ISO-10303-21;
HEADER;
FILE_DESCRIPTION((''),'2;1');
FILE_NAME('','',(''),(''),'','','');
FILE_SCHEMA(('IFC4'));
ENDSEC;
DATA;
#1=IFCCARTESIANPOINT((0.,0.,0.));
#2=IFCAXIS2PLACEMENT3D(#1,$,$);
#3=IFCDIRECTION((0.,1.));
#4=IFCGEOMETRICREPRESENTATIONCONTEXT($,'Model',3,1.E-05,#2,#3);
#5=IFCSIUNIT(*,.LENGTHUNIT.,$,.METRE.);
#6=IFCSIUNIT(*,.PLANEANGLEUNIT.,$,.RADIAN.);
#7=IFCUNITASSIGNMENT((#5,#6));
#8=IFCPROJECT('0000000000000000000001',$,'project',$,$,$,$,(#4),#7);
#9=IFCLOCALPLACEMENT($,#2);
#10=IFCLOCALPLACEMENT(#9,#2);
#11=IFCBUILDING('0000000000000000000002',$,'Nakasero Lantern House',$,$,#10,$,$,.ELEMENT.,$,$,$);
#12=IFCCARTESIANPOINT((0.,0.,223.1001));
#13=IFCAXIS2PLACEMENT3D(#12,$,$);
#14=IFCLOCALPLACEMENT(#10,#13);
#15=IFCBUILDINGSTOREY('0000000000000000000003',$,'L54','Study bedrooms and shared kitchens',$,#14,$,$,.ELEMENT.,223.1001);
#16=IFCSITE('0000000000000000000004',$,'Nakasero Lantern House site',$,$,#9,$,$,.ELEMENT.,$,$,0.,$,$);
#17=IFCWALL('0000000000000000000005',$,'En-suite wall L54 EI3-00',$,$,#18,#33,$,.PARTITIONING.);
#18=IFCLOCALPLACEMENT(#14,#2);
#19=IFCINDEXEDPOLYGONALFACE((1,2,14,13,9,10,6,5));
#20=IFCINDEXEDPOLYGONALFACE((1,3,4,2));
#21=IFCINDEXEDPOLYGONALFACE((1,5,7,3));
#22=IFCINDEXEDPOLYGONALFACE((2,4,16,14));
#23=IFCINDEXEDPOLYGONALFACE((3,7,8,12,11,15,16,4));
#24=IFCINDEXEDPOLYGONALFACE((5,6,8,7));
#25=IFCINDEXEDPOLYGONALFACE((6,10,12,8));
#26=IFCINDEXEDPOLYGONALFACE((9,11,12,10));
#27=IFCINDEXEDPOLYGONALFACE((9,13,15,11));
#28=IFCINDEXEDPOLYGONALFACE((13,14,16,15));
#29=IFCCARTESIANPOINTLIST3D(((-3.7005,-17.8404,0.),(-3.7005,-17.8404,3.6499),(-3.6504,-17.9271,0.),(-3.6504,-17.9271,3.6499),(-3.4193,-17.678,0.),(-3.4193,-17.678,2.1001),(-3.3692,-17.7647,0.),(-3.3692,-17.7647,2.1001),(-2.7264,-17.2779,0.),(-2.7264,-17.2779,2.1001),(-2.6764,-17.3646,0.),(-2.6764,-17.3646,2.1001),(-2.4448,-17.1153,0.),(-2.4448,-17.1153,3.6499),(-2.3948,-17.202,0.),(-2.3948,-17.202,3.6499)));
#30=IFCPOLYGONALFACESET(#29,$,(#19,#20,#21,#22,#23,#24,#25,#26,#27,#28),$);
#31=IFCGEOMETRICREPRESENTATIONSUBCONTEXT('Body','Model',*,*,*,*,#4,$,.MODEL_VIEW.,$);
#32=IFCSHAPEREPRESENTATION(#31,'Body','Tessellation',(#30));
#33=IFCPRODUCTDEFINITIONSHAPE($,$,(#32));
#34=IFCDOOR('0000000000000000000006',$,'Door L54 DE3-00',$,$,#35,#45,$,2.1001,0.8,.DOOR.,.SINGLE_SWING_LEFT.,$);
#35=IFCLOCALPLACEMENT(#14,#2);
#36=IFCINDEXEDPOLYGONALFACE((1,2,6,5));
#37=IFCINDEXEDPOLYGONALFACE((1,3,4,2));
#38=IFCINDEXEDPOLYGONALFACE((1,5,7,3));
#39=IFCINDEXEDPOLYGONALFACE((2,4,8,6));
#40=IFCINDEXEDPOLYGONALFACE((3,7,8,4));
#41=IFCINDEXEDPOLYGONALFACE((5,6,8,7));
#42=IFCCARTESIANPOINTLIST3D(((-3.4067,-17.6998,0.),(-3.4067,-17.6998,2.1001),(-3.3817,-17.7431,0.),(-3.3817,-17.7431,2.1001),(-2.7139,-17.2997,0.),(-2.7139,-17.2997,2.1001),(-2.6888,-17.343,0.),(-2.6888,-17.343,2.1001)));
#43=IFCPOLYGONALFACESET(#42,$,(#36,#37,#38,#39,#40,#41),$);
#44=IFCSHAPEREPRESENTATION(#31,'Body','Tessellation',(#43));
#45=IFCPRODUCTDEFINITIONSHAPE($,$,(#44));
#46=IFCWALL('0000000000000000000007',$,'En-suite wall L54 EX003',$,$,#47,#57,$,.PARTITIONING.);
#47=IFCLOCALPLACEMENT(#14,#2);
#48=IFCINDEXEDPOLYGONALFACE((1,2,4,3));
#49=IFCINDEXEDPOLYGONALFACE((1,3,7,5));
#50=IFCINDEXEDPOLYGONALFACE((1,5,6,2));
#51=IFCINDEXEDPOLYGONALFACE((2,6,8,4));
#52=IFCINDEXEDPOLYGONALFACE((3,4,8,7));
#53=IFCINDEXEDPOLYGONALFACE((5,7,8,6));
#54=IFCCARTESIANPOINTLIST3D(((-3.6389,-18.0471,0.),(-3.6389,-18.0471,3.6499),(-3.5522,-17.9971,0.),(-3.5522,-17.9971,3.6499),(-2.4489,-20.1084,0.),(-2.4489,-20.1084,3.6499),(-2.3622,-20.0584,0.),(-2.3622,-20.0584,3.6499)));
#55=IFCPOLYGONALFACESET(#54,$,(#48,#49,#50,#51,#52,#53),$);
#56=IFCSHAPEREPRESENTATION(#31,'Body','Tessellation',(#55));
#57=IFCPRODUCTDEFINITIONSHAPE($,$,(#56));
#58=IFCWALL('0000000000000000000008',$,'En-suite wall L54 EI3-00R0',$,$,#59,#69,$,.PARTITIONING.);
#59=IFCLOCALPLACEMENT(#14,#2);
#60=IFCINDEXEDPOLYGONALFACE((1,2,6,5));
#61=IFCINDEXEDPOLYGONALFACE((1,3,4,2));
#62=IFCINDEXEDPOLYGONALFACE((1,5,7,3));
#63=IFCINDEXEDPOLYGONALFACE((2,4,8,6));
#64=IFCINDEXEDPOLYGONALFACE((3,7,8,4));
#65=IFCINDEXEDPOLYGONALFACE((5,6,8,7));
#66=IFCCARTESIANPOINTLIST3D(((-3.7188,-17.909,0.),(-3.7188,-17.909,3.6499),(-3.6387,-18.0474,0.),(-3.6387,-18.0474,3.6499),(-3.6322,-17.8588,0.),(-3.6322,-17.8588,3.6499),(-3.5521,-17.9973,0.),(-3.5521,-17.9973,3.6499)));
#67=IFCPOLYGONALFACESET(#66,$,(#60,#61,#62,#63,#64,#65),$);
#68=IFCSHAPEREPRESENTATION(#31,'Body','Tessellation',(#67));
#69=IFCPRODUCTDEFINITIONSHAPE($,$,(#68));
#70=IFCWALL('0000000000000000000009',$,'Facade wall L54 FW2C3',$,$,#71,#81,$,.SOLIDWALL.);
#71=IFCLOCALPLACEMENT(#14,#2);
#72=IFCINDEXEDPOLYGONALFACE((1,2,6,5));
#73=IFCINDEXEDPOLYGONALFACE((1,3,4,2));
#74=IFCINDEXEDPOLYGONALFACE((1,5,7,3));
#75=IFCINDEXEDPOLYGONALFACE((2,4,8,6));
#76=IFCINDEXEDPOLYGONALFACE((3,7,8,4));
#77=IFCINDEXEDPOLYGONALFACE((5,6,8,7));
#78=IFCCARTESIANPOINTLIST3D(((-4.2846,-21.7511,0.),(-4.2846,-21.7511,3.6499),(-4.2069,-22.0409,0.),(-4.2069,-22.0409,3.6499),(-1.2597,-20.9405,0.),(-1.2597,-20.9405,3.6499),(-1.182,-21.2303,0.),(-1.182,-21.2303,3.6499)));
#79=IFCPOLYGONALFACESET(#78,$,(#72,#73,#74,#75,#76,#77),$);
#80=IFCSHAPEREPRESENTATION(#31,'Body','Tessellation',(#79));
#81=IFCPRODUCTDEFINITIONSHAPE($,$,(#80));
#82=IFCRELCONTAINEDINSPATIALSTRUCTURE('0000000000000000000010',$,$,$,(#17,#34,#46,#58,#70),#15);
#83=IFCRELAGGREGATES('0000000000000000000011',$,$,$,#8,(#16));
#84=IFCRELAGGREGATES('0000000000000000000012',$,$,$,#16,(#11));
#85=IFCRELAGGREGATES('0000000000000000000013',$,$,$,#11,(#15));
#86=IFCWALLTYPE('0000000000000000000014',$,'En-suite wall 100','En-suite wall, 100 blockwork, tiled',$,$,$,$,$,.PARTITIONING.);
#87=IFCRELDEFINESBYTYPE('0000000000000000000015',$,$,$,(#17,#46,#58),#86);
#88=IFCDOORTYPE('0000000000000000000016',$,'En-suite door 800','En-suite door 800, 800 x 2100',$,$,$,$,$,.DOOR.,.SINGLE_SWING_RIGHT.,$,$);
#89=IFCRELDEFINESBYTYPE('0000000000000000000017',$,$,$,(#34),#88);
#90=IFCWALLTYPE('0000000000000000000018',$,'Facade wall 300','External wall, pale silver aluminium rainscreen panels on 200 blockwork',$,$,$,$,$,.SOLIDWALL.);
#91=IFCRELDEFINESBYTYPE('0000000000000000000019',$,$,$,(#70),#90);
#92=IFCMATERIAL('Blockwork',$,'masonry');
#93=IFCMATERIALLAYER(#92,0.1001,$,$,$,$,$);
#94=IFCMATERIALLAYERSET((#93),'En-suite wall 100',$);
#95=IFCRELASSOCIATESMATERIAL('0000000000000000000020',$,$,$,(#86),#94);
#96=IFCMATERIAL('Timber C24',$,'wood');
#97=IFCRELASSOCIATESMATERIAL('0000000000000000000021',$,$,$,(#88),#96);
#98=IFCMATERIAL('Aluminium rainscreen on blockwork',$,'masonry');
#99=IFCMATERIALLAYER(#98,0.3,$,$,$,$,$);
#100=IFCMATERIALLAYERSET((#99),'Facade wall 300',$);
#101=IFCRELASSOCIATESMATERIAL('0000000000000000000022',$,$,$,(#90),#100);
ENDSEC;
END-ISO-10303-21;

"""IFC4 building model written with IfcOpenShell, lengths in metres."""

from ifc_helpers import new_model, si_unit, direction, frame, frame_2d, origin, place, context, subcontext, project, spatial, rectangle, extrude, material, layer, layer_set, type_object, element, fill, save


model = new_model("IFC4")

# Units and contexts
model_context = context("Model", 3, precision=1e-05, world=origin(), true_north=direction((0.0, 1.0)))
body_context = subcontext(model_context, "Body", "Model", "MODEL_VIEW")
ifc_project = project(units=[si_unit("LENGTHUNIT", "METRE"), si_unit("PLANEANGLEUNIT", "RADIAN")], contexts=[model_context])

# Site, building, storey
site_placement = place(None, origin())
site = spatial("IfcSite", under=ifc_project, at=site_placement, Name="Nakasero Lantern House site", CompositionType="ELEMENT", RefElevation=0.0)
building_placement = place(site_placement, origin())
building = spatial("IfcBuilding", under=site, at=building_placement, Name="Nakasero Lantern House", CompositionType="ELEMENT")
storey_placement = place(building_placement, frame((0.0, 0.0, 223.1001)))
storey = spatial("IfcBuildingStorey", under=building, at=storey_placement, Name="L54", Description="Study bedrooms and shared kitchens", CompositionType="ELEMENT", Elevation=223.1001)

# Shared definitions
ifc_material_1 = material(Name="Blockwork", Category="masonry")
ifc_layer_1 = layer(ifc_material_1, 0.1001)
ifc_layer_set_1 = layer_set([ifc_layer_1], Name="En-suite wall 100")
wall_type_1 = type_object("IfcWallType", Name="En-suite wall 100", Description="En-suite wall, 100 blockwork, tiled", PredefinedType="PARTITIONING", material=ifc_layer_set_1)
ifc_material_2 = material(Name="Timber C24", Category="wood")
door_type_1 = type_object("IfcDoorType", Name="En-suite door 800", Description="En-suite door 800, 800 x 2100", OperationType="SINGLE_SWING_RIGHT", PredefinedType="DOOR", material=ifc_material_2)

# Wall, opening, door
wall_1_placement = place(storey_placement, frame((-3.6755, -17.8838, 0.0), z_axis=(0.0, 0.0, 1.0), x_axis=(0.865975, 0.500087, 0.0)))
wall_1 = element("IfcWall", 1, at=wall_1_placement, inside=storey, type_object=wall_type_1, Name="En-suite wall L54 EI3-00", PredefinedType="PARTITIONING", context=body_context, shape_type="SweptSolid", body=[
    extrude(rectangle(XDim=1.45, YDim=0.1001, at=frame_2d((0.7251, 0.0))), origin(), (0.0, 0.0, 1.0), 3.6499),
])
opening_1_placement = place(wall_1_placement, frame((0.325, 0.0, 0.0)))
opening_1 = element("IfcOpeningElement", 2, at=opening_1_placement, cuts=wall_1, PredefinedType="OPENING", context=body_context, shape_type="SweptSolid", body=[
    extrude(rectangle(XDim=0.8, YDim=2.1001, at=frame_2d((0.3999, 1.05))), frame((0.0, 0.0701, 0.0), z_axis=(0.0, -1.0, 0.0), x_axis=(1.0, 0.0, 0.0)), (0.0, 0.0, 1.0), 0.1401),
])
door_1_placement = place(opening_1_placement, origin())
door_1 = element("IfcDoor", 3, at=door_1_placement, inside=storey, type_object=door_type_1, Name="Door L54 DE3-00", OperationType="SINGLE_SWING_LEFT", OverallHeight=2.1001, OverallWidth=0.8, PredefinedType="DOOR", context=body_context, shape_type="SweptSolid", body=[
    extrude(rectangle(XDim=0.8, YDim=2.1001, at=frame_2d((0.3999, 1.05))), frame((0.0, 0.0249, 0.0), z_axis=(0.0, -1.0, 0.0), x_axis=(1.0, 0.0, 0.0)), (0.0, 0.0, 1.0), 0.05),
])
fill(opening_1, door_1)

# Walls
wall_2_placement = place(storey_placement, frame((-3.5955, -18.0222, 0.0), z_axis=(0.0, 0.0, 1.0), x_axis=(0.499956, -0.866051, 0.0)))
element("IfcWall", 4, at=wall_2_placement, inside=storey, type_object=wall_type_1, Name="En-suite wall L54 EX003", PredefinedType="PARTITIONING", context=body_context, shape_type="SweptSolid", body=[
    extrude(rectangle(XDim=2.3801, YDim=0.1001, at=frame_2d((1.1899, 0.0))), origin(), (0.0, 0.0, 1.0), 3.6499),
])
wall_3_placement = place(storey_placement, frame((-3.6755, -17.8838, 0.0), z_axis=(0.0, 0.0, 1.0), x_axis=(0.500735, -0.8656, 0.0)))
element("IfcWall", 5, at=wall_3_placement, inside=storey, type_object=wall_type_1, Name="En-suite wall L54 EI3-00R0", PredefinedType="PARTITIONING", context=body_context, shape_type="SweptSolid", body=[
    extrude(rectangle(XDim=0.1599, YDim=0.1001, at=frame_2d((0.0801, 0.0))), origin(), (0.0, 0.0, 1.0), 3.6499),
])
ifc_material_3 = material(Name="Aluminium rainscreen on blockwork", Category="masonry")
ifc_layer_2 = layer(ifc_material_3, 0.3)
ifc_layer_set_2 = layer_set([ifc_layer_2], Name="Facade wall 300")
wall_type_2 = type_object("IfcWallType", Name="Facade wall 300", Description="External wall, pale silver aluminium rainscreen panels on 200 blockwork", PredefinedType="SOLIDWALL", material=ifc_layer_set_2)
wall_4_placement = place(storey_placement, frame((-4.2458, -21.896, 0.0), z_axis=(0.0, 0.0, 1.0), x_axis=(0.965924, 0.258827, 0.0)))
element("IfcWall", 6, at=wall_4_placement, inside=storey, type_object=wall_type_2, Name="Facade wall L54 FW2C3", PredefinedType="SOLIDWALL", context=body_context, shape_type="SweptSolid", body=[
    extrude(rectangle(XDim=3.1316, YDim=0.3, at=frame_2d((1.5659, 0.0))), origin(), (0.0, 0.0, 1.0), 3.6499),
])

save(model, "model.ifc")
